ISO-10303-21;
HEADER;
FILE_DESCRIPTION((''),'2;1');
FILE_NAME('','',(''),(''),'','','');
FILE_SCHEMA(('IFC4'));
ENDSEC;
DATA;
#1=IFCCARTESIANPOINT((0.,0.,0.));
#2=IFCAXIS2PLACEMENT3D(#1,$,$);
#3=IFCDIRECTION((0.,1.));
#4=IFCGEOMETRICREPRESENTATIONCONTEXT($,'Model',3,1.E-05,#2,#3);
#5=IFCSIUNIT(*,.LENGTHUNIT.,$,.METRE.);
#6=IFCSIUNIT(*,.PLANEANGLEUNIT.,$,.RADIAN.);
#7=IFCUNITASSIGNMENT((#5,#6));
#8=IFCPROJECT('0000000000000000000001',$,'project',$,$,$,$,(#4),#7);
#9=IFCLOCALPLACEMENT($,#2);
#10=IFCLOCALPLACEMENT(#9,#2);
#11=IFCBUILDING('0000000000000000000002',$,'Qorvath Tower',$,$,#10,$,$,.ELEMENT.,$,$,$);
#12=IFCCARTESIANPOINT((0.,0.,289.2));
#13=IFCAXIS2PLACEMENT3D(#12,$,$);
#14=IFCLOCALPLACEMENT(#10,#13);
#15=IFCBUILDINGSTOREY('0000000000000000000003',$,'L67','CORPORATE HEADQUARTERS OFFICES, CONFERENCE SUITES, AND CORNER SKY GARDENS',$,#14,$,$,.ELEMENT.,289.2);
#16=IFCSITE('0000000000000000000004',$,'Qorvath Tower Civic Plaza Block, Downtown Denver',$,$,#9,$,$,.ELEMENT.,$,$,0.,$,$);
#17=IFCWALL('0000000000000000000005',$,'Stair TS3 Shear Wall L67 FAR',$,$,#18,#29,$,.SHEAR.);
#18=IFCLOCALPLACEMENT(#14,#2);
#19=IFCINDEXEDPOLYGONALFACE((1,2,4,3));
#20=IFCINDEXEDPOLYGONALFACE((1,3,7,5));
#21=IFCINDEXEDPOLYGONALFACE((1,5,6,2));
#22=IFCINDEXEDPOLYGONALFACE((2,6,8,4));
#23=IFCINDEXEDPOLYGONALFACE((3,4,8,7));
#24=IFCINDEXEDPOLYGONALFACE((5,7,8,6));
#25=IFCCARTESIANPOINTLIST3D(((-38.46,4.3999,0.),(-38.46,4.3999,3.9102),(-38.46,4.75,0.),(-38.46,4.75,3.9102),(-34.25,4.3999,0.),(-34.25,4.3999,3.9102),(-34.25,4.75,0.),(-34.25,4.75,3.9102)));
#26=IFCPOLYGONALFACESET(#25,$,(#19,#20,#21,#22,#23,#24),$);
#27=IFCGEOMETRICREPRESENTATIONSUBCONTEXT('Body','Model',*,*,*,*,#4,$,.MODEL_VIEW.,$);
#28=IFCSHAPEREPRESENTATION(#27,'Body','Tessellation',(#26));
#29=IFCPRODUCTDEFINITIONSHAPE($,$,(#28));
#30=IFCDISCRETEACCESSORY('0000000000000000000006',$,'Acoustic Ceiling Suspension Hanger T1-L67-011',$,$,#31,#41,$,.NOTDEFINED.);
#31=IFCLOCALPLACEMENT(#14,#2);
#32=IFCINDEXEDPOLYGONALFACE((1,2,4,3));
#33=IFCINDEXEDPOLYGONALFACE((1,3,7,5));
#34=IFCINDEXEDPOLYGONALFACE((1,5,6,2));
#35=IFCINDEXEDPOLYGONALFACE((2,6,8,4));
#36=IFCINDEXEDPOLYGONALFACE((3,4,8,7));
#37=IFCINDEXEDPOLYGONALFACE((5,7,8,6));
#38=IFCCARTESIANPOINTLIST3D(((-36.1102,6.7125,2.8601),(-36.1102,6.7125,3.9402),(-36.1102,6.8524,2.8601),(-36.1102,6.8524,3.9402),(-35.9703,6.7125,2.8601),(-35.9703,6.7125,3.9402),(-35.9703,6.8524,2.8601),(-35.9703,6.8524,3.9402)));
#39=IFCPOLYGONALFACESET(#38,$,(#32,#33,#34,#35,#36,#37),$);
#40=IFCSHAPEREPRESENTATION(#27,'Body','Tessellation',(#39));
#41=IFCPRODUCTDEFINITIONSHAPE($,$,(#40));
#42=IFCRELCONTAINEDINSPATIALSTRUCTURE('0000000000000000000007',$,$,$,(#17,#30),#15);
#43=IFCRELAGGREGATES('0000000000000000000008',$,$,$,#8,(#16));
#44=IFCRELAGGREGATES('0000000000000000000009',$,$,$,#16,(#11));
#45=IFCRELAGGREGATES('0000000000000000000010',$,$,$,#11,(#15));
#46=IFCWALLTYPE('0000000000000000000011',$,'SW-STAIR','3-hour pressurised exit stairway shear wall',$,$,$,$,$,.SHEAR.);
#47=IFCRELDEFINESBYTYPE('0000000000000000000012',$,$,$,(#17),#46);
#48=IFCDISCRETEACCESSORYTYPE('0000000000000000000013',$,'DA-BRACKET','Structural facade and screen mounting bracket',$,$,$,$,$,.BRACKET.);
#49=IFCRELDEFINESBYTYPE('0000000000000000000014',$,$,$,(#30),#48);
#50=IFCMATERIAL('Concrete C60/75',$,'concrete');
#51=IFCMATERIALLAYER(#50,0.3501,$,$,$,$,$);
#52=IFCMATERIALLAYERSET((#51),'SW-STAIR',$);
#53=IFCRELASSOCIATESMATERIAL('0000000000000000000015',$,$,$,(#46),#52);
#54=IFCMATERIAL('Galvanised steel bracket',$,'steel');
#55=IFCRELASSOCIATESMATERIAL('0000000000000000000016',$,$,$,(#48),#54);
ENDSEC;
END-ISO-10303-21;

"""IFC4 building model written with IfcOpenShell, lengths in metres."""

from ifc_helpers import new_model, si_unit, direction, frame, frame_2d, origin, origin_2d, place, context, subcontext, project, spatial, rectangle, extrude, material, layer, layer_set, type_object, element, save


model = new_model("IFC4")

# Units and contexts
model_context = context("Model", 3, precision=1e-05, world=origin(), true_north=direction((0.0, 1.0)))
body_context = subcontext(model_context, "Body", "Model", "MODEL_VIEW")
ifc_project = project(units=[si_unit("LENGTHUNIT", "METRE"), si_unit("PLANEANGLEUNIT", "RADIAN")], contexts=[model_context])

# Site, building, storey
site_placement = place(None, origin())
site = spatial("IfcSite", under=ifc_project, at=site_placement, Name="Qorvath Tower Civic Plaza Block, Downtown Denver", CompositionType="ELEMENT", RefElevation=0.0)
building_placement = place(site_placement, origin())
building = spatial("IfcBuilding", under=site, at=building_placement, Name="Qorvath Tower", CompositionType="ELEMENT")
storey_placement = place(building_placement, frame((0.0, 0.0, 289.2)))
storey = spatial("IfcBuildingStorey", under=building, at=storey_placement, Name="L67", Description="CORPORATE HEADQUARTERS OFFICES, CONFERENCE SUITES, AND CORNER SKY GARDENS", CompositionType="ELEMENT", Elevation=289.2)

# Wall
ifc_material_1 = material(Name="Concrete C60/75", Category="concrete")
ifc_layer_1 = layer(ifc_material_1, 0.3501)
ifc_layer_set_1 = layer_set([ifc_layer_1], Name="SW-STAIR")
wall_type_1 = type_object("IfcWallType", Name="SW-STAIR", Description="3-hour pressurised exit stairway shear wall", PredefinedType="SHEAR", material=ifc_layer_set_1)
wall_1_placement = place(storey_placement, frame((-34.25, 4.575, 0.0), z_axis=(0.0, 0.0, 1.0), x_axis=(-1.0, 0.0, 0.0)))
element("IfcWall", 1, at=wall_1_placement, inside=storey, type_object=wall_type_1, Name="Stair TS3 Shear Wall L67 FAR", PredefinedType="SHEAR", context=body_context, shape_type="SweptSolid", body=[
    extrude(rectangle(XDim=4.21, YDim=0.3501, at=frame_2d((2.105, 0.0))), origin(), (0.0, 0.0, 1.0), 3.9102),
])

# Discrete accessory
ifc_material_2 = material(Name="Galvanised steel bracket", Category="steel")
discrete_accessory_type = type_object("IfcDiscreteAccessoryType", Name="DA-BRACKET", Description="Structural facade and screen mounting bracket", PredefinedType="BRACKET", material=ifc_material_2)
discrete_accessory_placement = place(storey_placement, frame((-36.0403, 6.7825, 2.8601), z_axis=(0.0, 0.0, 1.0), x_axis=(1.0, 0.0, 0.0)))
element("IfcDiscreteAccessory", 2, at=discrete_accessory_placement, inside=storey, type_object=discrete_accessory_type, Name="Acoustic Ceiling Suspension Hanger T1-L67-011", PredefinedType="NOTDEFINED", context=body_context, shape_type="SweptSolid", body=[
    extrude(rectangle(XDim=0.1399, YDim=0.1399, at=origin_2d()), origin(), (0.0, 0.0, 1.0), 1.0801),
])

save(model, "model.ifc")
